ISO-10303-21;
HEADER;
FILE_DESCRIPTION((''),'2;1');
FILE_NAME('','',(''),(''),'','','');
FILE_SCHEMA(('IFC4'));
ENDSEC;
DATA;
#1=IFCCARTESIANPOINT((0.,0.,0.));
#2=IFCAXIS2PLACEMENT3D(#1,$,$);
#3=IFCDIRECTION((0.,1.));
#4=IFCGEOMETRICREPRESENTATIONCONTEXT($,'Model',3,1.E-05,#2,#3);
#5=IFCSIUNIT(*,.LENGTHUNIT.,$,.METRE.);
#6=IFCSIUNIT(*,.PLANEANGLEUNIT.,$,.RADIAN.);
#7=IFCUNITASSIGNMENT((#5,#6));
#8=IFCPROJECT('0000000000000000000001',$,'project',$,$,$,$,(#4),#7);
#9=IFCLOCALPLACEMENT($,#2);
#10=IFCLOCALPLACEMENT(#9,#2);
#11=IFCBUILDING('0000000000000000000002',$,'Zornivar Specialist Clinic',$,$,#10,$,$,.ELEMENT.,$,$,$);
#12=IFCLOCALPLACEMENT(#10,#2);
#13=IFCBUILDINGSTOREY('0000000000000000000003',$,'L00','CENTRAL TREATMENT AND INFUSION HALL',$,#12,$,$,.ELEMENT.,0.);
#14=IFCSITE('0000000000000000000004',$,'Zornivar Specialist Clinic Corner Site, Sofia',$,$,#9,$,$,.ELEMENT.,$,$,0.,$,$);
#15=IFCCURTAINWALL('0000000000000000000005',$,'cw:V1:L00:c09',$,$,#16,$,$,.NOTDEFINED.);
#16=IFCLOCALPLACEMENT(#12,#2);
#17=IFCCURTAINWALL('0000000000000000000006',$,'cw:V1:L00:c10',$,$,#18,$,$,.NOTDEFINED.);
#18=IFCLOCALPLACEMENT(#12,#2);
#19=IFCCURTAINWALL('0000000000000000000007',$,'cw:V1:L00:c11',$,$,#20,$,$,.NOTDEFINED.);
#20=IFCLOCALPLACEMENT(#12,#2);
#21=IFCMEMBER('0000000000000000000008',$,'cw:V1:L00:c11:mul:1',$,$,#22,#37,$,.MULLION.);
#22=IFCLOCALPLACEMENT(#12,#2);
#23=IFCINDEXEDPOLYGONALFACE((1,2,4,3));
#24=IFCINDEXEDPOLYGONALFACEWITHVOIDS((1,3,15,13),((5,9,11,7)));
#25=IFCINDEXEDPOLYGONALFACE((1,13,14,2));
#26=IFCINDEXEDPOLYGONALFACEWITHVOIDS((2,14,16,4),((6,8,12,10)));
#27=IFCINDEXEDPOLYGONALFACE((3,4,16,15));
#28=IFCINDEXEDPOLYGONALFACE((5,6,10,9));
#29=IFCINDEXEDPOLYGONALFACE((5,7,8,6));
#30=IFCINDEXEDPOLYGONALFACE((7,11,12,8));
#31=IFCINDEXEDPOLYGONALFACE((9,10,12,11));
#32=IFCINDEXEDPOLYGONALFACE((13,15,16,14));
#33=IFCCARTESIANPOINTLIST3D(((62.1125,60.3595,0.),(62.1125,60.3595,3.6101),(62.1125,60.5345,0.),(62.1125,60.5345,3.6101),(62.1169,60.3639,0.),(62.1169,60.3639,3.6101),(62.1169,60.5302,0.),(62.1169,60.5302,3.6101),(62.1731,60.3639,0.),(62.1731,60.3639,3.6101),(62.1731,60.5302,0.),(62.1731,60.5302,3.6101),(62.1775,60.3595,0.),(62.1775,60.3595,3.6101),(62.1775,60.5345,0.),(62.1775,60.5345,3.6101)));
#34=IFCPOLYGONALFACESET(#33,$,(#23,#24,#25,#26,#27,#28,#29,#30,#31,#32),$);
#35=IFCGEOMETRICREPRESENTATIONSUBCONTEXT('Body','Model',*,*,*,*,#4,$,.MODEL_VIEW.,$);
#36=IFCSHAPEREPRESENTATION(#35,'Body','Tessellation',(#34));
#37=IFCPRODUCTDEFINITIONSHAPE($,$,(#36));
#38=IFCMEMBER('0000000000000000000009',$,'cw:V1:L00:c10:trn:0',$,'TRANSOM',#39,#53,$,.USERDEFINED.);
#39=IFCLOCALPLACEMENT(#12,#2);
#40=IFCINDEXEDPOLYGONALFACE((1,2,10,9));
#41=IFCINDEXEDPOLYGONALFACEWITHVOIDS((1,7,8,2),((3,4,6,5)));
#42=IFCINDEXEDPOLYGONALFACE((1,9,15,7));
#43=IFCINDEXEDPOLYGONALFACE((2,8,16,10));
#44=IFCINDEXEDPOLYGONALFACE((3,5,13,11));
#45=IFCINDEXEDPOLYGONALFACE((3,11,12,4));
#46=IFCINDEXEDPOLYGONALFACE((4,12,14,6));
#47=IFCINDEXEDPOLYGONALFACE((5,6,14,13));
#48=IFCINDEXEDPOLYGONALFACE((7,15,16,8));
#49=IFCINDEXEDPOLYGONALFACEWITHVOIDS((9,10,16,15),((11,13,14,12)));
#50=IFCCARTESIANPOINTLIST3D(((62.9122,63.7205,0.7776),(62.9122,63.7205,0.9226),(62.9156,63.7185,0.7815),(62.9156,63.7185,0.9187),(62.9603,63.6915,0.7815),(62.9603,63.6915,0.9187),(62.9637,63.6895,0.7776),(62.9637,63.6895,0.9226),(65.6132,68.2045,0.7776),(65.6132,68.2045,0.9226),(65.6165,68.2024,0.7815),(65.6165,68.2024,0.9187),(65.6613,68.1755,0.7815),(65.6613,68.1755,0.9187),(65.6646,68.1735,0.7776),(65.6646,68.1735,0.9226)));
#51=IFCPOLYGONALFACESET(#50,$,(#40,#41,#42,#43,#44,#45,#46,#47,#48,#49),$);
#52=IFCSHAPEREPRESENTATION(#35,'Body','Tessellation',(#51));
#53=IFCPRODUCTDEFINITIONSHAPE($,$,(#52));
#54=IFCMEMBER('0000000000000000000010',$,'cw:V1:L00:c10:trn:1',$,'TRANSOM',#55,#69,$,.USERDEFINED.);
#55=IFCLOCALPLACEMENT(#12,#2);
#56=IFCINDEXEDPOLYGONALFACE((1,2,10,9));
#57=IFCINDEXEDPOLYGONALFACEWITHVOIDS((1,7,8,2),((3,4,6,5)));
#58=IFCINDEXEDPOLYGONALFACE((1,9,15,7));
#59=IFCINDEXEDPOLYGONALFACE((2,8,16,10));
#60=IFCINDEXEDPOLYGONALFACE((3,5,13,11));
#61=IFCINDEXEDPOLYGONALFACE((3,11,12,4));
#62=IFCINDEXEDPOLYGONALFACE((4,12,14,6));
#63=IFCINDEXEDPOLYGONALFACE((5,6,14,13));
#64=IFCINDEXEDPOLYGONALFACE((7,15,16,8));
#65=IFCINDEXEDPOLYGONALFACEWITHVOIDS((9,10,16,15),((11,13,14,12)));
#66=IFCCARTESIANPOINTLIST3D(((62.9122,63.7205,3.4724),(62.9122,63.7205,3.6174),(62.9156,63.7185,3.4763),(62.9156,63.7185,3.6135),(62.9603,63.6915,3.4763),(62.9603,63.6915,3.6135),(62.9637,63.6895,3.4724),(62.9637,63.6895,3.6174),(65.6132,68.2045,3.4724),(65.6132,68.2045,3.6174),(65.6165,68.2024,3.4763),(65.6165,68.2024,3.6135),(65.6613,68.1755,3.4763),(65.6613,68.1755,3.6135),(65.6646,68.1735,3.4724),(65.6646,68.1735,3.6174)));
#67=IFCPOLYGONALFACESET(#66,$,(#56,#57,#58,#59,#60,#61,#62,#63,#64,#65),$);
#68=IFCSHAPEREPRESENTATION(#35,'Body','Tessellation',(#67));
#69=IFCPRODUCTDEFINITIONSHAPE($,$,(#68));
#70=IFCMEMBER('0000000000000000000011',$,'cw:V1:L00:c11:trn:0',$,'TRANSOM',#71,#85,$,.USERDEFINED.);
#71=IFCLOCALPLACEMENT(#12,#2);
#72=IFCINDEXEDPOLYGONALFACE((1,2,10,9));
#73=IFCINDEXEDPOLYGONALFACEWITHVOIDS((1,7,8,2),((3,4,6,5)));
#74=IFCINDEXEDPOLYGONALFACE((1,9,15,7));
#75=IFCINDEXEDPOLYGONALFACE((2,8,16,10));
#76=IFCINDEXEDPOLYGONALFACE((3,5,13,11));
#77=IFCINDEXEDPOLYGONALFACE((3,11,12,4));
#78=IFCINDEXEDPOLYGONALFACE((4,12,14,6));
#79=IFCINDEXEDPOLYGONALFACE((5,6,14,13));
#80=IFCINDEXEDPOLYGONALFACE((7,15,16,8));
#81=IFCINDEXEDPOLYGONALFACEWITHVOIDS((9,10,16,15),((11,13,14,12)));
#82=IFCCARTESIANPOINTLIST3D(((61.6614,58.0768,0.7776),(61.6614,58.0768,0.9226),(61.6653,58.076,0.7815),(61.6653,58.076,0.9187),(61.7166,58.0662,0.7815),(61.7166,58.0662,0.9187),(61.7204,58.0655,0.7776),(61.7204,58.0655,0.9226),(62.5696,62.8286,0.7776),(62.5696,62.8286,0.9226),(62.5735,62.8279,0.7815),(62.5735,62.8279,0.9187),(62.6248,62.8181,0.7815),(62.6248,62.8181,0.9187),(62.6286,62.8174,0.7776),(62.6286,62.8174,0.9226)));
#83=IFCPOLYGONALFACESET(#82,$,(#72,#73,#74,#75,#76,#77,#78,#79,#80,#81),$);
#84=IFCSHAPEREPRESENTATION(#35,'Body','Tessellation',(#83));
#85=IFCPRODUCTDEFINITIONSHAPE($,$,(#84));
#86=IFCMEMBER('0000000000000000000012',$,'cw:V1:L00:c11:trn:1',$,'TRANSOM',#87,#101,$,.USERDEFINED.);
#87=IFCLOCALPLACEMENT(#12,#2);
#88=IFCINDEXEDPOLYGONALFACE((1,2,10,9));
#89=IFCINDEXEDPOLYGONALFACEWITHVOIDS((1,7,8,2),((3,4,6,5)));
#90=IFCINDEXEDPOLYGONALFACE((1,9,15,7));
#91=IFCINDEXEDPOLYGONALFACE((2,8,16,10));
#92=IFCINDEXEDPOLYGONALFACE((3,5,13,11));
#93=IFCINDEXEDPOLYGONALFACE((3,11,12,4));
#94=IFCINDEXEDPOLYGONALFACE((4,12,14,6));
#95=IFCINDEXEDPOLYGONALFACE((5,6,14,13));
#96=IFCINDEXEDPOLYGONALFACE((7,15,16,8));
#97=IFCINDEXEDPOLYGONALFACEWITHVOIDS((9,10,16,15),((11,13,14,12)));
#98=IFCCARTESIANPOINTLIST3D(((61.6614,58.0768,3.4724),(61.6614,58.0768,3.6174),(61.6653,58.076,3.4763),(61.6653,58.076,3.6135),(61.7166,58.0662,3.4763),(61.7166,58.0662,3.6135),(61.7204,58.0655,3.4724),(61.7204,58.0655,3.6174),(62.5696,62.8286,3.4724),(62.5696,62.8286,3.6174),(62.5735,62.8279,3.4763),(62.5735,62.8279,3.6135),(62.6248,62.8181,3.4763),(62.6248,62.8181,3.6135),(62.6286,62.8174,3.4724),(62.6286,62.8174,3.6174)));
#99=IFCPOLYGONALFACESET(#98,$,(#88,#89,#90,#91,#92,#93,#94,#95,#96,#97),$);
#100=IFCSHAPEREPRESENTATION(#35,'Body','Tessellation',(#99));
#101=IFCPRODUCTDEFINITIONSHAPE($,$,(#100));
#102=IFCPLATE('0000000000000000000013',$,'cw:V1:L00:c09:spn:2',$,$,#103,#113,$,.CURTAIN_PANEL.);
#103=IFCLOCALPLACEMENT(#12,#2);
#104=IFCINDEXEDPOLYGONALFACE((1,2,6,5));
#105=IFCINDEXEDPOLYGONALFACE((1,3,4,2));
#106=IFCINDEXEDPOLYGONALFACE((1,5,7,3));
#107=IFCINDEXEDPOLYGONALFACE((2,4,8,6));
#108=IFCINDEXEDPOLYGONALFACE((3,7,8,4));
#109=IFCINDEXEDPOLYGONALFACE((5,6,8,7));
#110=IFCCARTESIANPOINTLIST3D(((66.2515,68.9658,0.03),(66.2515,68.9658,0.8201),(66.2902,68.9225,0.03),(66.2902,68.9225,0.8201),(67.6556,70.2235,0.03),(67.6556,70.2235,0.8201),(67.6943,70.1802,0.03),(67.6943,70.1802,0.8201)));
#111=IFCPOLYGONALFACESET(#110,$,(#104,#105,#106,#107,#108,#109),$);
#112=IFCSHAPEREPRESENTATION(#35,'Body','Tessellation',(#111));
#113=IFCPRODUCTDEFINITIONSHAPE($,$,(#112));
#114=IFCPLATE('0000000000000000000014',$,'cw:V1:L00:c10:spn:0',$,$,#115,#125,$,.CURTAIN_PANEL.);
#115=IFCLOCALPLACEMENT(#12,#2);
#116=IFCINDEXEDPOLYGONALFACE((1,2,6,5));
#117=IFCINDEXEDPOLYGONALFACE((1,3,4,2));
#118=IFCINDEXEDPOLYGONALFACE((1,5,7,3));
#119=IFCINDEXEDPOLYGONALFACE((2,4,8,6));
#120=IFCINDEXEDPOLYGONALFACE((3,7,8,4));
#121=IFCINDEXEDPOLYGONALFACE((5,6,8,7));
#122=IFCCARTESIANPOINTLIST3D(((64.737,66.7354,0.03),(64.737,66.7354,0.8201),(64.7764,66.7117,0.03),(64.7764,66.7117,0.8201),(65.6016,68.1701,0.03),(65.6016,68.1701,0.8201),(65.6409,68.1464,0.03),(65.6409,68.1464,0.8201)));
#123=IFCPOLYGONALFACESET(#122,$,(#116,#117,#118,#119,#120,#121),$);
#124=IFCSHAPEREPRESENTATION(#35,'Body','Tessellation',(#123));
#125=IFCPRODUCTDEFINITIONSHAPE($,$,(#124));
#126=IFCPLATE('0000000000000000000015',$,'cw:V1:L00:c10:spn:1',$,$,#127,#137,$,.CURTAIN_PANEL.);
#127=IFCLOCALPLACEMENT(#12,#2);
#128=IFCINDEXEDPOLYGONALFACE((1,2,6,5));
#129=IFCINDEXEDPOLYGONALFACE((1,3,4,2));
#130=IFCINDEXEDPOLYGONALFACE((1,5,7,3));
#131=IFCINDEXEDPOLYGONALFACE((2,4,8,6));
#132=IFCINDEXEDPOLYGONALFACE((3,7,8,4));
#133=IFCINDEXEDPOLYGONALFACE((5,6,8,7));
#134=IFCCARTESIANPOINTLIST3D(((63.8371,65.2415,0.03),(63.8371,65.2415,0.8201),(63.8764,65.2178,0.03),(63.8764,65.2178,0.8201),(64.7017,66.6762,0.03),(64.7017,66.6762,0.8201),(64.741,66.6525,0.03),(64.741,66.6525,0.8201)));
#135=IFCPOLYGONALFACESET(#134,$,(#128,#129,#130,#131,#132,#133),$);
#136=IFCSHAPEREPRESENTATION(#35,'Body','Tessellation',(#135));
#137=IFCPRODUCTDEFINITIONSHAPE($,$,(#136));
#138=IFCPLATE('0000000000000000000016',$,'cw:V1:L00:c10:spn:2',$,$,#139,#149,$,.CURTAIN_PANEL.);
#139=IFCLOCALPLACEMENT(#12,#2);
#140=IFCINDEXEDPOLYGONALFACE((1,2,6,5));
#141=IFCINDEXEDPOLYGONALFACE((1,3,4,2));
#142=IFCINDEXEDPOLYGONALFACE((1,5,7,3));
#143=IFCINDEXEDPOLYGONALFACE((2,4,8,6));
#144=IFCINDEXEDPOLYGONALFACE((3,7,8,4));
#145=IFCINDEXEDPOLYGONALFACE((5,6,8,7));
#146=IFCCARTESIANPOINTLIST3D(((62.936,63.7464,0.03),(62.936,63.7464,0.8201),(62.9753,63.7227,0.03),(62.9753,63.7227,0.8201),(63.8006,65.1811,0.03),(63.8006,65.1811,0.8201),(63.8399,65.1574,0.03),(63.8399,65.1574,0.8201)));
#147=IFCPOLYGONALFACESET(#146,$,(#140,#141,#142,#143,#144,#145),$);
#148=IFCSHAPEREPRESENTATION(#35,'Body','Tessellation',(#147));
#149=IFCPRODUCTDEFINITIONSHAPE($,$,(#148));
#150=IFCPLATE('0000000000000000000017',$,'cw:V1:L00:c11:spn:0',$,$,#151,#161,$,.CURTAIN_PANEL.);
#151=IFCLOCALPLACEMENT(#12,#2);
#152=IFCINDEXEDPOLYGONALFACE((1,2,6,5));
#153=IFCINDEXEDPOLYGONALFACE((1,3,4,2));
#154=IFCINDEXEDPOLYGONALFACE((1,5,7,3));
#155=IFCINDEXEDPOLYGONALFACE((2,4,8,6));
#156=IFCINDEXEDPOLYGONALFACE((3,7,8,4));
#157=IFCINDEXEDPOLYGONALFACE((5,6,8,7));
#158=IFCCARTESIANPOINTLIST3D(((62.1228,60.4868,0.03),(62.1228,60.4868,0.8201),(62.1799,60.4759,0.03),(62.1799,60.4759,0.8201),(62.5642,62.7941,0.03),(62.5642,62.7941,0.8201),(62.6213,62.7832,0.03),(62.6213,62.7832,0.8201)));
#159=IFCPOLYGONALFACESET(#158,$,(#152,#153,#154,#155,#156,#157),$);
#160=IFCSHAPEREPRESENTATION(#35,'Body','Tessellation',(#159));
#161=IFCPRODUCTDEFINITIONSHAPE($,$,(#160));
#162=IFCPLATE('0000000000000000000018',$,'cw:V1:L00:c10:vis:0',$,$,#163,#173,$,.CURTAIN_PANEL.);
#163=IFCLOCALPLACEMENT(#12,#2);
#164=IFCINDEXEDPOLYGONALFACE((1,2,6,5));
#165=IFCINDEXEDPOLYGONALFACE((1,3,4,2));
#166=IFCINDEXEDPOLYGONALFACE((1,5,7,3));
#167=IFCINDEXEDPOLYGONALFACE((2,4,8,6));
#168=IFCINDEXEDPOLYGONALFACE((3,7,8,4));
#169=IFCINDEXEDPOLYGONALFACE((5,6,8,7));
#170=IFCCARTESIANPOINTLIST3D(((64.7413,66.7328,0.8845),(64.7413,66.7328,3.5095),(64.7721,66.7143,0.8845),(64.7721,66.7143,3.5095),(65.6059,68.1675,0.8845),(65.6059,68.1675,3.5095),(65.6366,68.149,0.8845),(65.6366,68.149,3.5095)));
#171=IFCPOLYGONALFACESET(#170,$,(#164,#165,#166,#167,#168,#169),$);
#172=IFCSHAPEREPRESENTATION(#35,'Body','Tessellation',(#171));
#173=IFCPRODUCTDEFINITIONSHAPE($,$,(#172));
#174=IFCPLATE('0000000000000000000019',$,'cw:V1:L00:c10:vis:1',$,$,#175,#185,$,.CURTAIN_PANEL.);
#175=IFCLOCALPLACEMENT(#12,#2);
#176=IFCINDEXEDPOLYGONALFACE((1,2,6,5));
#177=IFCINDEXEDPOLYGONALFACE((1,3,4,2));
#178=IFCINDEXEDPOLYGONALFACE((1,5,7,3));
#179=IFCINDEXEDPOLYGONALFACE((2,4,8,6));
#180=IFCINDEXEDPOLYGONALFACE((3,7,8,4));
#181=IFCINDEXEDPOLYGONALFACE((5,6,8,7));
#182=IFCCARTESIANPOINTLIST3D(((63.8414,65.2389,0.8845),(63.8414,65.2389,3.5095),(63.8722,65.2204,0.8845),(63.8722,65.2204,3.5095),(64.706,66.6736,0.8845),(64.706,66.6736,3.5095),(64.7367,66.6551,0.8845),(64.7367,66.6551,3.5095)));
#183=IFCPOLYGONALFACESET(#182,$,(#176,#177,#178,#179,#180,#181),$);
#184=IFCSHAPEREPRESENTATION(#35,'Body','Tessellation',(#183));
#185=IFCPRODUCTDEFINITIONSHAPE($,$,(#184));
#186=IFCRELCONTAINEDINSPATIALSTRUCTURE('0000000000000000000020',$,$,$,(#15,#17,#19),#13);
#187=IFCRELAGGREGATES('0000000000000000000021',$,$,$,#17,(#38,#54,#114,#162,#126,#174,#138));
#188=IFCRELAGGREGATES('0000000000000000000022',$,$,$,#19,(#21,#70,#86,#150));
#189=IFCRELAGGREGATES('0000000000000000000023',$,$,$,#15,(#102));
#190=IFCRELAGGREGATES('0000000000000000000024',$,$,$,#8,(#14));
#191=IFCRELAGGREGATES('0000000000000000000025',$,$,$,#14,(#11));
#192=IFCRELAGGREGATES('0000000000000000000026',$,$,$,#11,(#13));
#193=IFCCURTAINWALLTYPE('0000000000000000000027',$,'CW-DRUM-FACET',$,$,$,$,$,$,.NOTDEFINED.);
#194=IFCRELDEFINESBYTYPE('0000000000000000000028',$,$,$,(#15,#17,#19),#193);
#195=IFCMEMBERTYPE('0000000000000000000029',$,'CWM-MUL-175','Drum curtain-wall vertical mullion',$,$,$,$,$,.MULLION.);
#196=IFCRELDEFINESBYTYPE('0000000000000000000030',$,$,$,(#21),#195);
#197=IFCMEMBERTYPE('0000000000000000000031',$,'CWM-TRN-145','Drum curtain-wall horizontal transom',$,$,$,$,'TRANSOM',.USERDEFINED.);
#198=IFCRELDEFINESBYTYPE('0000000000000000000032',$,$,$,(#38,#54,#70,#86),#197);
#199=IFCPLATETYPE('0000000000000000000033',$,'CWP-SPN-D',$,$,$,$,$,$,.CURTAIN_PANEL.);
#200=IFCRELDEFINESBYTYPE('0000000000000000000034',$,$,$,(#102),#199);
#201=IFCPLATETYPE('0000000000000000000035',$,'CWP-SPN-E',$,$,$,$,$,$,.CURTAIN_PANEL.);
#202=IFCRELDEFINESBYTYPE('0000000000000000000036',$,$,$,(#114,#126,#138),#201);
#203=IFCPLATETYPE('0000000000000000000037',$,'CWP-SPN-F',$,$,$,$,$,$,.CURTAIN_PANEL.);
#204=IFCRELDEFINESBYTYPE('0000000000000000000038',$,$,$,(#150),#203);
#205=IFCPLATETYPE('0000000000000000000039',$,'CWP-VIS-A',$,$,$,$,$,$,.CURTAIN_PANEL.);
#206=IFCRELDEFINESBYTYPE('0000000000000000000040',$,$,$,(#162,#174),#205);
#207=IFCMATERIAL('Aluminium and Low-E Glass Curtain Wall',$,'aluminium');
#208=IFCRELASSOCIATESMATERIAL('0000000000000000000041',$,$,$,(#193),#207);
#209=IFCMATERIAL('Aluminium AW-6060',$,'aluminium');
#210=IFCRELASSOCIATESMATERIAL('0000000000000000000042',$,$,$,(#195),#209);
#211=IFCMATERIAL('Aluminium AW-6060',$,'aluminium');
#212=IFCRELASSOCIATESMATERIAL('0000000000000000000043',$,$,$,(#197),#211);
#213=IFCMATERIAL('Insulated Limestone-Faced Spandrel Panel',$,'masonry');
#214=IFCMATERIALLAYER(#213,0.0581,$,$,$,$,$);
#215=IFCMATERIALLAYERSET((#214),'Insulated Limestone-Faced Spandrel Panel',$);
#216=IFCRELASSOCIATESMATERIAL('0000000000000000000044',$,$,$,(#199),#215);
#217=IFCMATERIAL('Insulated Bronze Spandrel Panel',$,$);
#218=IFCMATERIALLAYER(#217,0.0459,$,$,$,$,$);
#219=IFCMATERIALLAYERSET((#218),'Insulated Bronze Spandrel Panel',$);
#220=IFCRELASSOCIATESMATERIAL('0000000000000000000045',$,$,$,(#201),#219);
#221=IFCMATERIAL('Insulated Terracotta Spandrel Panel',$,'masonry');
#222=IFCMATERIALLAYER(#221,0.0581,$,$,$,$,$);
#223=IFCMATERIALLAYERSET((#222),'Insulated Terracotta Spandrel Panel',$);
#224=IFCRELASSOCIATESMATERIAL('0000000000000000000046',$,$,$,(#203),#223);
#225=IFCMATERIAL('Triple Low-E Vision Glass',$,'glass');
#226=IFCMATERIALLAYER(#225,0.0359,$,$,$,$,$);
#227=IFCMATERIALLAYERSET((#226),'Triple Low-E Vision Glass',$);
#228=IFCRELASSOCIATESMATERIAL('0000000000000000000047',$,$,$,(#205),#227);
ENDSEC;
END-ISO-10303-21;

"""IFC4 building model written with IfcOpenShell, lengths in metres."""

from ifc_helpers import new_model, si_unit, direction, frame, origin, origin_2d, place, context, subcontext, project, spatial, rectangle, hollow_rectangle, extrude, material, layer, layer_set, material_profile, profile_set, type_object, element, aggregate, save


model = new_model("IFC4")

# Units and contexts
model_context = context("Model", 3, precision=1e-05, world=origin(), true_north=direction((0.0, 1.0)))
body_context = subcontext(model_context, "Body", "Model", "MODEL_VIEW")
ifc_project = project(units=[si_unit("LENGTHUNIT", "METRE"), si_unit("PLANEANGLEUNIT", "RADIAN")], contexts=[model_context])

# Site, building, storey
site_placement = place(None, origin())
site = spatial("IfcSite", under=ifc_project, at=site_placement, Name="Zornivar Specialist Clinic Corner Site, Sofia", CompositionType="ELEMENT", RefElevation=0.0)
building_placement = place(site_placement, origin())
building = spatial("IfcBuilding", under=site, at=building_placement, Name="Zornivar Specialist Clinic", CompositionType="ELEMENT")
storey_placement = place(building_placement, origin())
storey = spatial("IfcBuildingStorey", under=building, at=storey_placement, Name="L00", Description="CENTRAL TREATMENT AND INFUSION HALL", CompositionType="ELEMENT", Elevation=0.0)

# Curtain wall
ifc_material_1 = material(Name="Aluminium and Low-E Glass Curtain Wall", Category="aluminium")
curtain_wall_type = type_object("IfcCurtainWallType", Name="CW-DRUM-FACET", PredefinedType="NOTDEFINED", material=ifc_material_1)
curtain_wall_1_placement = place(storey_placement, origin())
curtain_wall_1 = element("IfcCurtainWall", 1, at=curtain_wall_1_placement, inside=storey, type_object=curtain_wall_type, Name="cw:V1:L00:c09", PredefinedType="NOTDEFINED")
ifc_material_2 = material(Name="Aluminium AW-6060", Category="aluminium")
ifc_material_profile_1 = material_profile(ifc_material_2, hollow_rectangle(XDim=0.0649, YDim=0.175, WallThickness=0.0044, at=origin_2d()), Name="ALU 65x175x4.5")
ifc_profile_set_1 = profile_set([ifc_material_profile_1], Name="Aluminium AW-6060")
member_type_1 = type_object("IfcMemberType", Name="CWM-MUL-175", Description="Drum curtain-wall vertical mullion", PredefinedType="MULLION", material=ifc_profile_set_1)

# Curtain walls, member
curtain_wall_2_placement = place(storey_placement, origin())
curtain_wall_2 = element("IfcCurtainWall", 2, at=curtain_wall_2_placement, inside=storey, type_object=curtain_wall_type, Name="cw:V1:L00:c10", PredefinedType="NOTDEFINED")
curtain_wall_3_placement = place(storey_placement, origin())
curtain_wall_3 = element("IfcCurtainWall", 3, at=curtain_wall_3_placement, inside=storey, type_object=curtain_wall_type, Name="cw:V1:L00:c11", PredefinedType="NOTDEFINED")
member_1_placement = place(storey_placement, frame((62.145, 60.447, 0.0), z_axis=(0.0, 0.0, 1.0), x_axis=(1.0, 0.0, 0.0)))
member_1 = element("IfcMember", 4, at=member_1_placement, type_object=member_type_1, Name="cw:V1:L00:c11:mul:1", PredefinedType="MULLION", context=body_context, shape_type="SweptSolid", body=[
    extrude(hollow_rectangle(XDim=0.0649, YDim=0.175, WallThickness=0.0044, at=origin_2d()), origin(), (0.0, 0.0, 1.0), 3.6101),
])

# Members
ifc_material_3 = material(Name="Aluminium AW-6060", Category="aluminium")
ifc_material_profile_2 = material_profile(ifc_material_3, hollow_rectangle(XDim=0.0601, YDim=0.145, WallThickness=0.0039, at=origin_2d()), Name="ALU 60x145x4")
ifc_profile_set_2 = profile_set([ifc_material_profile_2], Name="Aluminium AW-6060")
member_type_2 = type_object("IfcMemberType", Name="CWM-TRN-145", Description="Drum curtain-wall horizontal transom", ElementType="TRANSOM", PredefinedType="USERDEFINED", material=ifc_profile_set_2)
member_2_placement = place(storey_placement, frame((65.6389, 68.189, 0.8501), z_axis=(-0.515983, -0.856599, 0.0), x_axis=(0.856599, -0.515983, 0.0)))
member_2 = element("IfcMember", 5, at=member_2_placement, type_object=member_type_2, Name="cw:V1:L00:c10:trn:0", ObjectType="TRANSOM", PredefinedType="USERDEFINED", context=body_context, shape_type="SweptSolid", body=[
    extrude(hollow_rectangle(XDim=0.0601, YDim=0.145, WallThickness=0.0039, at=origin_2d()), origin(), (0.0, 0.0, 1.0), 5.2346),
])
member_3_placement = place(storey_placement, frame((65.6389, 68.189, 3.5449), z_axis=(-0.515983, -0.856599, 0.0), x_axis=(0.856599, -0.515983, 0.0)))
member_3 = element("IfcMember", 6, at=member_3_placement, type_object=member_type_2, Name="cw:V1:L00:c10:trn:1", ObjectType="TRANSOM", PredefinedType="USERDEFINED", context=body_context, shape_type="SweptSolid", body=[
    extrude(hollow_rectangle(XDim=0.0601, YDim=0.145, WallThickness=0.0039, at=origin_2d()), origin(), (0.0, 0.0, 1.0), 5.2346),
])
member_4_placement = place(storey_placement, frame((62.5991, 62.823, 0.8501), z_axis=(-0.187724, -0.982222, 0.0), x_axis=(0.982222, -0.187724, 0.0)))
member_4 = element("IfcMember", 7, at=member_4_placement, type_object=member_type_2, Name="cw:V1:L00:c11:trn:0", ObjectType="TRANSOM", PredefinedType="USERDEFINED", context=body_context, shape_type="SweptSolid", body=[
    extrude(hollow_rectangle(XDim=0.0601, YDim=0.145, WallThickness=0.0039, at=origin_2d()), origin(), (0.0, 0.0, 1.0), 4.8379),
])
member_5_placement = place(storey_placement, frame((62.5991, 62.823, 3.5449), z_axis=(-0.187724, -0.982222, 0.0), x_axis=(0.982222, -0.187724, 0.0)))
member_5 = element("IfcMember", 8, at=member_5_placement, type_object=member_type_2, Name="cw:V1:L00:c11:trn:1", ObjectType="TRANSOM", PredefinedType="USERDEFINED", context=body_context, shape_type="SweptSolid", body=[
    extrude(hollow_rectangle(XDim=0.0601, YDim=0.145, WallThickness=0.0039, at=origin_2d()), origin(), (0.0, 0.0, 1.0), 4.8379),
])

# Plates
ifc_material_4 = material(Name="Insulated Limestone-Faced Spandrel Panel", Category="masonry")
ifc_layer_1 = layer(ifc_material_4, 0.0581)
ifc_layer_set_1 = layer_set([ifc_layer_1], Name="Insulated Limestone-Faced Spandrel Panel")
plate_type_1 = type_object("IfcPlateType", Name="CWP-SPN-D", PredefinedType="CURTAIN_PANEL", material=ifc_layer_set_1)
plate_1_placement = place(storey_placement, frame((66.9729, 69.573, 0.03), z_axis=(0.0, 0.0, 1.0), x_axis=(-0.744881, -0.667198, 0.0)))
plate_1 = element("IfcPlate", 9, at=plate_1_placement, type_object=plate_type_1, Name="cw:V1:L00:c09:spn:2", PredefinedType="CURTAIN_PANEL", context=body_context, shape_type="SweptSolid", body=[
    extrude(rectangle(XDim=1.885, YDim=0.0581, at=origin_2d()), origin(), (0.0, 0.0, 1.0), 0.79),
])
ifc_material_5 = material(Name="Insulated Bronze Spandrel Panel")
ifc_layer_2 = layer(ifc_material_5, 0.0459)
ifc_layer_set_2 = layer_set([ifc_layer_2], Name="Insulated Bronze Spandrel Panel")
plate_type_2 = type_object("IfcPlateType", Name="CWP-SPN-E", PredefinedType="CURTAIN_PANEL", material=ifc_layer_set_2)
plate_2_placement = place(storey_placement, frame((65.189, 67.4409, 0.03), z_axis=(0.0, 0.0, 1.0), x_axis=(-0.516127, -0.856512, 0.0)))
plate_2 = element("IfcPlate", 10, at=plate_2_placement, type_object=plate_type_2, Name="cw:V1:L00:c10:spn:0", PredefinedType="CURTAIN_PANEL", context=body_context, shape_type="SweptSolid", body=[
    extrude(rectangle(XDim=1.675, YDim=0.0459, at=origin_2d()), origin(), (0.0, 0.0, 1.0), 0.79),
])
plate_3_placement = place(storey_placement, frame((64.2891, 65.947, 0.03), z_axis=(0.0, 0.0, 1.0), x_axis=(-0.516127, -0.856512, 0.0)))
plate_3 = element("IfcPlate", 11, at=plate_3_placement, type_object=plate_type_2, Name="cw:V1:L00:c10:spn:1", PredefinedType="CURTAIN_PANEL", context=body_context, shape_type="SweptSolid", body=[
    extrude(rectangle(XDim=1.675, YDim=0.0459, at=origin_2d()), origin(), (0.0, 0.0, 1.0), 0.79),
])
plate_4_placement = place(storey_placement, frame((63.3879, 64.4519, 0.03), z_axis=(0.0, 0.0, 1.0), x_axis=(-0.516127, -0.856512, 0.0)))
plate_4 = element("IfcPlate", 12, at=plate_4_placement, type_object=plate_type_2, Name="cw:V1:L00:c10:spn:2", PredefinedType="CURTAIN_PANEL", context=body_context, shape_type="SweptSolid", body=[
    extrude(rectangle(XDim=1.675, YDim=0.0459, at=origin_2d()), origin(), (0.0, 0.0, 1.0), 0.79),
])
ifc_material_6 = material(Name="Insulated Terracotta Spandrel Panel", Category="masonry")
ifc_layer_3 = layer(ifc_material_6, 0.0581)
ifc_layer_set_3 = layer_set([ifc_layer_3], Name="Insulated Terracotta Spandrel Panel")
plate_type_3 = type_object("IfcPlateType", Name="CWP-SPN-F", PredefinedType="CURTAIN_PANEL", material=ifc_layer_set_3)
plate_5_placement = place(storey_placement, frame((62.3721, 61.635, 0.03), z_axis=(0.0, 0.0, 1.0), x_axis=(-0.187897, -0.982189, 0.0)))
plate_5 = element("IfcPlate", 13, at=plate_5_placement, type_object=plate_type_3, Name="cw:V1:L00:c11:spn:0", PredefinedType="CURTAIN_PANEL", context=body_context, shape_type="SweptSolid", body=[
    extrude(rectangle(XDim=2.3491, YDim=0.0581, at=origin_2d()), origin(), (0.0, 0.0, 1.0), 0.79),
])
ifc_material_7 = material(Name="Triple Low-E Vision Glass", Category="glass")
ifc_layer_4 = layer(ifc_material_7, 0.0359)
ifc_layer_set_4 = layer_set([ifc_layer_4], Name="Triple Low-E Vision Glass")
plate_type_4 = type_object("IfcPlateType", Name="CWP-VIS-A", PredefinedType="CURTAIN_PANEL", material=ifc_layer_set_4)
plate_6_placement = place(storey_placement, frame((65.189, 67.4409, 0.8845), z_axis=(0.0, 0.0, 1.0), x_axis=(-0.516127, -0.856512, 0.0)))
plate_6 = element("IfcPlate", 14, at=plate_6_placement, type_object=plate_type_4, Name="cw:V1:L00:c10:vis:0", PredefinedType="CURTAIN_PANEL", context=body_context, shape_type="SweptSolid", body=[
    extrude(rectangle(XDim=1.675, YDim=0.0359, at=origin_2d()), origin(), (0.0, 0.0, 1.0), 2.625),
])
plate_7_placement = place(storey_placement, frame((64.2891, 65.947, 0.8845), z_axis=(0.0, 0.0, 1.0), x_axis=(-0.516127, -0.856512, 0.0)))
plate_7 = element("IfcPlate", 15, at=plate_7_placement, type_object=plate_type_4, Name="cw:V1:L00:c10:vis:1", PredefinedType="CURTAIN_PANEL", context=body_context, shape_type="SweptSolid", body=[
    extrude(rectangle(XDim=1.675, YDim=0.0359, at=origin_2d()), origin(), (0.0, 0.0, 1.0), 2.625),
])
aggregate(curtain_wall_2, [member_2, member_3, plate_2, plate_6, plate_3, plate_7, plate_4])
aggregate(curtain_wall_3, [member_1, member_4, member_5, plate_5])
aggregate(curtain_wall_1, [plate_1])

save(model, "model.ifc")
